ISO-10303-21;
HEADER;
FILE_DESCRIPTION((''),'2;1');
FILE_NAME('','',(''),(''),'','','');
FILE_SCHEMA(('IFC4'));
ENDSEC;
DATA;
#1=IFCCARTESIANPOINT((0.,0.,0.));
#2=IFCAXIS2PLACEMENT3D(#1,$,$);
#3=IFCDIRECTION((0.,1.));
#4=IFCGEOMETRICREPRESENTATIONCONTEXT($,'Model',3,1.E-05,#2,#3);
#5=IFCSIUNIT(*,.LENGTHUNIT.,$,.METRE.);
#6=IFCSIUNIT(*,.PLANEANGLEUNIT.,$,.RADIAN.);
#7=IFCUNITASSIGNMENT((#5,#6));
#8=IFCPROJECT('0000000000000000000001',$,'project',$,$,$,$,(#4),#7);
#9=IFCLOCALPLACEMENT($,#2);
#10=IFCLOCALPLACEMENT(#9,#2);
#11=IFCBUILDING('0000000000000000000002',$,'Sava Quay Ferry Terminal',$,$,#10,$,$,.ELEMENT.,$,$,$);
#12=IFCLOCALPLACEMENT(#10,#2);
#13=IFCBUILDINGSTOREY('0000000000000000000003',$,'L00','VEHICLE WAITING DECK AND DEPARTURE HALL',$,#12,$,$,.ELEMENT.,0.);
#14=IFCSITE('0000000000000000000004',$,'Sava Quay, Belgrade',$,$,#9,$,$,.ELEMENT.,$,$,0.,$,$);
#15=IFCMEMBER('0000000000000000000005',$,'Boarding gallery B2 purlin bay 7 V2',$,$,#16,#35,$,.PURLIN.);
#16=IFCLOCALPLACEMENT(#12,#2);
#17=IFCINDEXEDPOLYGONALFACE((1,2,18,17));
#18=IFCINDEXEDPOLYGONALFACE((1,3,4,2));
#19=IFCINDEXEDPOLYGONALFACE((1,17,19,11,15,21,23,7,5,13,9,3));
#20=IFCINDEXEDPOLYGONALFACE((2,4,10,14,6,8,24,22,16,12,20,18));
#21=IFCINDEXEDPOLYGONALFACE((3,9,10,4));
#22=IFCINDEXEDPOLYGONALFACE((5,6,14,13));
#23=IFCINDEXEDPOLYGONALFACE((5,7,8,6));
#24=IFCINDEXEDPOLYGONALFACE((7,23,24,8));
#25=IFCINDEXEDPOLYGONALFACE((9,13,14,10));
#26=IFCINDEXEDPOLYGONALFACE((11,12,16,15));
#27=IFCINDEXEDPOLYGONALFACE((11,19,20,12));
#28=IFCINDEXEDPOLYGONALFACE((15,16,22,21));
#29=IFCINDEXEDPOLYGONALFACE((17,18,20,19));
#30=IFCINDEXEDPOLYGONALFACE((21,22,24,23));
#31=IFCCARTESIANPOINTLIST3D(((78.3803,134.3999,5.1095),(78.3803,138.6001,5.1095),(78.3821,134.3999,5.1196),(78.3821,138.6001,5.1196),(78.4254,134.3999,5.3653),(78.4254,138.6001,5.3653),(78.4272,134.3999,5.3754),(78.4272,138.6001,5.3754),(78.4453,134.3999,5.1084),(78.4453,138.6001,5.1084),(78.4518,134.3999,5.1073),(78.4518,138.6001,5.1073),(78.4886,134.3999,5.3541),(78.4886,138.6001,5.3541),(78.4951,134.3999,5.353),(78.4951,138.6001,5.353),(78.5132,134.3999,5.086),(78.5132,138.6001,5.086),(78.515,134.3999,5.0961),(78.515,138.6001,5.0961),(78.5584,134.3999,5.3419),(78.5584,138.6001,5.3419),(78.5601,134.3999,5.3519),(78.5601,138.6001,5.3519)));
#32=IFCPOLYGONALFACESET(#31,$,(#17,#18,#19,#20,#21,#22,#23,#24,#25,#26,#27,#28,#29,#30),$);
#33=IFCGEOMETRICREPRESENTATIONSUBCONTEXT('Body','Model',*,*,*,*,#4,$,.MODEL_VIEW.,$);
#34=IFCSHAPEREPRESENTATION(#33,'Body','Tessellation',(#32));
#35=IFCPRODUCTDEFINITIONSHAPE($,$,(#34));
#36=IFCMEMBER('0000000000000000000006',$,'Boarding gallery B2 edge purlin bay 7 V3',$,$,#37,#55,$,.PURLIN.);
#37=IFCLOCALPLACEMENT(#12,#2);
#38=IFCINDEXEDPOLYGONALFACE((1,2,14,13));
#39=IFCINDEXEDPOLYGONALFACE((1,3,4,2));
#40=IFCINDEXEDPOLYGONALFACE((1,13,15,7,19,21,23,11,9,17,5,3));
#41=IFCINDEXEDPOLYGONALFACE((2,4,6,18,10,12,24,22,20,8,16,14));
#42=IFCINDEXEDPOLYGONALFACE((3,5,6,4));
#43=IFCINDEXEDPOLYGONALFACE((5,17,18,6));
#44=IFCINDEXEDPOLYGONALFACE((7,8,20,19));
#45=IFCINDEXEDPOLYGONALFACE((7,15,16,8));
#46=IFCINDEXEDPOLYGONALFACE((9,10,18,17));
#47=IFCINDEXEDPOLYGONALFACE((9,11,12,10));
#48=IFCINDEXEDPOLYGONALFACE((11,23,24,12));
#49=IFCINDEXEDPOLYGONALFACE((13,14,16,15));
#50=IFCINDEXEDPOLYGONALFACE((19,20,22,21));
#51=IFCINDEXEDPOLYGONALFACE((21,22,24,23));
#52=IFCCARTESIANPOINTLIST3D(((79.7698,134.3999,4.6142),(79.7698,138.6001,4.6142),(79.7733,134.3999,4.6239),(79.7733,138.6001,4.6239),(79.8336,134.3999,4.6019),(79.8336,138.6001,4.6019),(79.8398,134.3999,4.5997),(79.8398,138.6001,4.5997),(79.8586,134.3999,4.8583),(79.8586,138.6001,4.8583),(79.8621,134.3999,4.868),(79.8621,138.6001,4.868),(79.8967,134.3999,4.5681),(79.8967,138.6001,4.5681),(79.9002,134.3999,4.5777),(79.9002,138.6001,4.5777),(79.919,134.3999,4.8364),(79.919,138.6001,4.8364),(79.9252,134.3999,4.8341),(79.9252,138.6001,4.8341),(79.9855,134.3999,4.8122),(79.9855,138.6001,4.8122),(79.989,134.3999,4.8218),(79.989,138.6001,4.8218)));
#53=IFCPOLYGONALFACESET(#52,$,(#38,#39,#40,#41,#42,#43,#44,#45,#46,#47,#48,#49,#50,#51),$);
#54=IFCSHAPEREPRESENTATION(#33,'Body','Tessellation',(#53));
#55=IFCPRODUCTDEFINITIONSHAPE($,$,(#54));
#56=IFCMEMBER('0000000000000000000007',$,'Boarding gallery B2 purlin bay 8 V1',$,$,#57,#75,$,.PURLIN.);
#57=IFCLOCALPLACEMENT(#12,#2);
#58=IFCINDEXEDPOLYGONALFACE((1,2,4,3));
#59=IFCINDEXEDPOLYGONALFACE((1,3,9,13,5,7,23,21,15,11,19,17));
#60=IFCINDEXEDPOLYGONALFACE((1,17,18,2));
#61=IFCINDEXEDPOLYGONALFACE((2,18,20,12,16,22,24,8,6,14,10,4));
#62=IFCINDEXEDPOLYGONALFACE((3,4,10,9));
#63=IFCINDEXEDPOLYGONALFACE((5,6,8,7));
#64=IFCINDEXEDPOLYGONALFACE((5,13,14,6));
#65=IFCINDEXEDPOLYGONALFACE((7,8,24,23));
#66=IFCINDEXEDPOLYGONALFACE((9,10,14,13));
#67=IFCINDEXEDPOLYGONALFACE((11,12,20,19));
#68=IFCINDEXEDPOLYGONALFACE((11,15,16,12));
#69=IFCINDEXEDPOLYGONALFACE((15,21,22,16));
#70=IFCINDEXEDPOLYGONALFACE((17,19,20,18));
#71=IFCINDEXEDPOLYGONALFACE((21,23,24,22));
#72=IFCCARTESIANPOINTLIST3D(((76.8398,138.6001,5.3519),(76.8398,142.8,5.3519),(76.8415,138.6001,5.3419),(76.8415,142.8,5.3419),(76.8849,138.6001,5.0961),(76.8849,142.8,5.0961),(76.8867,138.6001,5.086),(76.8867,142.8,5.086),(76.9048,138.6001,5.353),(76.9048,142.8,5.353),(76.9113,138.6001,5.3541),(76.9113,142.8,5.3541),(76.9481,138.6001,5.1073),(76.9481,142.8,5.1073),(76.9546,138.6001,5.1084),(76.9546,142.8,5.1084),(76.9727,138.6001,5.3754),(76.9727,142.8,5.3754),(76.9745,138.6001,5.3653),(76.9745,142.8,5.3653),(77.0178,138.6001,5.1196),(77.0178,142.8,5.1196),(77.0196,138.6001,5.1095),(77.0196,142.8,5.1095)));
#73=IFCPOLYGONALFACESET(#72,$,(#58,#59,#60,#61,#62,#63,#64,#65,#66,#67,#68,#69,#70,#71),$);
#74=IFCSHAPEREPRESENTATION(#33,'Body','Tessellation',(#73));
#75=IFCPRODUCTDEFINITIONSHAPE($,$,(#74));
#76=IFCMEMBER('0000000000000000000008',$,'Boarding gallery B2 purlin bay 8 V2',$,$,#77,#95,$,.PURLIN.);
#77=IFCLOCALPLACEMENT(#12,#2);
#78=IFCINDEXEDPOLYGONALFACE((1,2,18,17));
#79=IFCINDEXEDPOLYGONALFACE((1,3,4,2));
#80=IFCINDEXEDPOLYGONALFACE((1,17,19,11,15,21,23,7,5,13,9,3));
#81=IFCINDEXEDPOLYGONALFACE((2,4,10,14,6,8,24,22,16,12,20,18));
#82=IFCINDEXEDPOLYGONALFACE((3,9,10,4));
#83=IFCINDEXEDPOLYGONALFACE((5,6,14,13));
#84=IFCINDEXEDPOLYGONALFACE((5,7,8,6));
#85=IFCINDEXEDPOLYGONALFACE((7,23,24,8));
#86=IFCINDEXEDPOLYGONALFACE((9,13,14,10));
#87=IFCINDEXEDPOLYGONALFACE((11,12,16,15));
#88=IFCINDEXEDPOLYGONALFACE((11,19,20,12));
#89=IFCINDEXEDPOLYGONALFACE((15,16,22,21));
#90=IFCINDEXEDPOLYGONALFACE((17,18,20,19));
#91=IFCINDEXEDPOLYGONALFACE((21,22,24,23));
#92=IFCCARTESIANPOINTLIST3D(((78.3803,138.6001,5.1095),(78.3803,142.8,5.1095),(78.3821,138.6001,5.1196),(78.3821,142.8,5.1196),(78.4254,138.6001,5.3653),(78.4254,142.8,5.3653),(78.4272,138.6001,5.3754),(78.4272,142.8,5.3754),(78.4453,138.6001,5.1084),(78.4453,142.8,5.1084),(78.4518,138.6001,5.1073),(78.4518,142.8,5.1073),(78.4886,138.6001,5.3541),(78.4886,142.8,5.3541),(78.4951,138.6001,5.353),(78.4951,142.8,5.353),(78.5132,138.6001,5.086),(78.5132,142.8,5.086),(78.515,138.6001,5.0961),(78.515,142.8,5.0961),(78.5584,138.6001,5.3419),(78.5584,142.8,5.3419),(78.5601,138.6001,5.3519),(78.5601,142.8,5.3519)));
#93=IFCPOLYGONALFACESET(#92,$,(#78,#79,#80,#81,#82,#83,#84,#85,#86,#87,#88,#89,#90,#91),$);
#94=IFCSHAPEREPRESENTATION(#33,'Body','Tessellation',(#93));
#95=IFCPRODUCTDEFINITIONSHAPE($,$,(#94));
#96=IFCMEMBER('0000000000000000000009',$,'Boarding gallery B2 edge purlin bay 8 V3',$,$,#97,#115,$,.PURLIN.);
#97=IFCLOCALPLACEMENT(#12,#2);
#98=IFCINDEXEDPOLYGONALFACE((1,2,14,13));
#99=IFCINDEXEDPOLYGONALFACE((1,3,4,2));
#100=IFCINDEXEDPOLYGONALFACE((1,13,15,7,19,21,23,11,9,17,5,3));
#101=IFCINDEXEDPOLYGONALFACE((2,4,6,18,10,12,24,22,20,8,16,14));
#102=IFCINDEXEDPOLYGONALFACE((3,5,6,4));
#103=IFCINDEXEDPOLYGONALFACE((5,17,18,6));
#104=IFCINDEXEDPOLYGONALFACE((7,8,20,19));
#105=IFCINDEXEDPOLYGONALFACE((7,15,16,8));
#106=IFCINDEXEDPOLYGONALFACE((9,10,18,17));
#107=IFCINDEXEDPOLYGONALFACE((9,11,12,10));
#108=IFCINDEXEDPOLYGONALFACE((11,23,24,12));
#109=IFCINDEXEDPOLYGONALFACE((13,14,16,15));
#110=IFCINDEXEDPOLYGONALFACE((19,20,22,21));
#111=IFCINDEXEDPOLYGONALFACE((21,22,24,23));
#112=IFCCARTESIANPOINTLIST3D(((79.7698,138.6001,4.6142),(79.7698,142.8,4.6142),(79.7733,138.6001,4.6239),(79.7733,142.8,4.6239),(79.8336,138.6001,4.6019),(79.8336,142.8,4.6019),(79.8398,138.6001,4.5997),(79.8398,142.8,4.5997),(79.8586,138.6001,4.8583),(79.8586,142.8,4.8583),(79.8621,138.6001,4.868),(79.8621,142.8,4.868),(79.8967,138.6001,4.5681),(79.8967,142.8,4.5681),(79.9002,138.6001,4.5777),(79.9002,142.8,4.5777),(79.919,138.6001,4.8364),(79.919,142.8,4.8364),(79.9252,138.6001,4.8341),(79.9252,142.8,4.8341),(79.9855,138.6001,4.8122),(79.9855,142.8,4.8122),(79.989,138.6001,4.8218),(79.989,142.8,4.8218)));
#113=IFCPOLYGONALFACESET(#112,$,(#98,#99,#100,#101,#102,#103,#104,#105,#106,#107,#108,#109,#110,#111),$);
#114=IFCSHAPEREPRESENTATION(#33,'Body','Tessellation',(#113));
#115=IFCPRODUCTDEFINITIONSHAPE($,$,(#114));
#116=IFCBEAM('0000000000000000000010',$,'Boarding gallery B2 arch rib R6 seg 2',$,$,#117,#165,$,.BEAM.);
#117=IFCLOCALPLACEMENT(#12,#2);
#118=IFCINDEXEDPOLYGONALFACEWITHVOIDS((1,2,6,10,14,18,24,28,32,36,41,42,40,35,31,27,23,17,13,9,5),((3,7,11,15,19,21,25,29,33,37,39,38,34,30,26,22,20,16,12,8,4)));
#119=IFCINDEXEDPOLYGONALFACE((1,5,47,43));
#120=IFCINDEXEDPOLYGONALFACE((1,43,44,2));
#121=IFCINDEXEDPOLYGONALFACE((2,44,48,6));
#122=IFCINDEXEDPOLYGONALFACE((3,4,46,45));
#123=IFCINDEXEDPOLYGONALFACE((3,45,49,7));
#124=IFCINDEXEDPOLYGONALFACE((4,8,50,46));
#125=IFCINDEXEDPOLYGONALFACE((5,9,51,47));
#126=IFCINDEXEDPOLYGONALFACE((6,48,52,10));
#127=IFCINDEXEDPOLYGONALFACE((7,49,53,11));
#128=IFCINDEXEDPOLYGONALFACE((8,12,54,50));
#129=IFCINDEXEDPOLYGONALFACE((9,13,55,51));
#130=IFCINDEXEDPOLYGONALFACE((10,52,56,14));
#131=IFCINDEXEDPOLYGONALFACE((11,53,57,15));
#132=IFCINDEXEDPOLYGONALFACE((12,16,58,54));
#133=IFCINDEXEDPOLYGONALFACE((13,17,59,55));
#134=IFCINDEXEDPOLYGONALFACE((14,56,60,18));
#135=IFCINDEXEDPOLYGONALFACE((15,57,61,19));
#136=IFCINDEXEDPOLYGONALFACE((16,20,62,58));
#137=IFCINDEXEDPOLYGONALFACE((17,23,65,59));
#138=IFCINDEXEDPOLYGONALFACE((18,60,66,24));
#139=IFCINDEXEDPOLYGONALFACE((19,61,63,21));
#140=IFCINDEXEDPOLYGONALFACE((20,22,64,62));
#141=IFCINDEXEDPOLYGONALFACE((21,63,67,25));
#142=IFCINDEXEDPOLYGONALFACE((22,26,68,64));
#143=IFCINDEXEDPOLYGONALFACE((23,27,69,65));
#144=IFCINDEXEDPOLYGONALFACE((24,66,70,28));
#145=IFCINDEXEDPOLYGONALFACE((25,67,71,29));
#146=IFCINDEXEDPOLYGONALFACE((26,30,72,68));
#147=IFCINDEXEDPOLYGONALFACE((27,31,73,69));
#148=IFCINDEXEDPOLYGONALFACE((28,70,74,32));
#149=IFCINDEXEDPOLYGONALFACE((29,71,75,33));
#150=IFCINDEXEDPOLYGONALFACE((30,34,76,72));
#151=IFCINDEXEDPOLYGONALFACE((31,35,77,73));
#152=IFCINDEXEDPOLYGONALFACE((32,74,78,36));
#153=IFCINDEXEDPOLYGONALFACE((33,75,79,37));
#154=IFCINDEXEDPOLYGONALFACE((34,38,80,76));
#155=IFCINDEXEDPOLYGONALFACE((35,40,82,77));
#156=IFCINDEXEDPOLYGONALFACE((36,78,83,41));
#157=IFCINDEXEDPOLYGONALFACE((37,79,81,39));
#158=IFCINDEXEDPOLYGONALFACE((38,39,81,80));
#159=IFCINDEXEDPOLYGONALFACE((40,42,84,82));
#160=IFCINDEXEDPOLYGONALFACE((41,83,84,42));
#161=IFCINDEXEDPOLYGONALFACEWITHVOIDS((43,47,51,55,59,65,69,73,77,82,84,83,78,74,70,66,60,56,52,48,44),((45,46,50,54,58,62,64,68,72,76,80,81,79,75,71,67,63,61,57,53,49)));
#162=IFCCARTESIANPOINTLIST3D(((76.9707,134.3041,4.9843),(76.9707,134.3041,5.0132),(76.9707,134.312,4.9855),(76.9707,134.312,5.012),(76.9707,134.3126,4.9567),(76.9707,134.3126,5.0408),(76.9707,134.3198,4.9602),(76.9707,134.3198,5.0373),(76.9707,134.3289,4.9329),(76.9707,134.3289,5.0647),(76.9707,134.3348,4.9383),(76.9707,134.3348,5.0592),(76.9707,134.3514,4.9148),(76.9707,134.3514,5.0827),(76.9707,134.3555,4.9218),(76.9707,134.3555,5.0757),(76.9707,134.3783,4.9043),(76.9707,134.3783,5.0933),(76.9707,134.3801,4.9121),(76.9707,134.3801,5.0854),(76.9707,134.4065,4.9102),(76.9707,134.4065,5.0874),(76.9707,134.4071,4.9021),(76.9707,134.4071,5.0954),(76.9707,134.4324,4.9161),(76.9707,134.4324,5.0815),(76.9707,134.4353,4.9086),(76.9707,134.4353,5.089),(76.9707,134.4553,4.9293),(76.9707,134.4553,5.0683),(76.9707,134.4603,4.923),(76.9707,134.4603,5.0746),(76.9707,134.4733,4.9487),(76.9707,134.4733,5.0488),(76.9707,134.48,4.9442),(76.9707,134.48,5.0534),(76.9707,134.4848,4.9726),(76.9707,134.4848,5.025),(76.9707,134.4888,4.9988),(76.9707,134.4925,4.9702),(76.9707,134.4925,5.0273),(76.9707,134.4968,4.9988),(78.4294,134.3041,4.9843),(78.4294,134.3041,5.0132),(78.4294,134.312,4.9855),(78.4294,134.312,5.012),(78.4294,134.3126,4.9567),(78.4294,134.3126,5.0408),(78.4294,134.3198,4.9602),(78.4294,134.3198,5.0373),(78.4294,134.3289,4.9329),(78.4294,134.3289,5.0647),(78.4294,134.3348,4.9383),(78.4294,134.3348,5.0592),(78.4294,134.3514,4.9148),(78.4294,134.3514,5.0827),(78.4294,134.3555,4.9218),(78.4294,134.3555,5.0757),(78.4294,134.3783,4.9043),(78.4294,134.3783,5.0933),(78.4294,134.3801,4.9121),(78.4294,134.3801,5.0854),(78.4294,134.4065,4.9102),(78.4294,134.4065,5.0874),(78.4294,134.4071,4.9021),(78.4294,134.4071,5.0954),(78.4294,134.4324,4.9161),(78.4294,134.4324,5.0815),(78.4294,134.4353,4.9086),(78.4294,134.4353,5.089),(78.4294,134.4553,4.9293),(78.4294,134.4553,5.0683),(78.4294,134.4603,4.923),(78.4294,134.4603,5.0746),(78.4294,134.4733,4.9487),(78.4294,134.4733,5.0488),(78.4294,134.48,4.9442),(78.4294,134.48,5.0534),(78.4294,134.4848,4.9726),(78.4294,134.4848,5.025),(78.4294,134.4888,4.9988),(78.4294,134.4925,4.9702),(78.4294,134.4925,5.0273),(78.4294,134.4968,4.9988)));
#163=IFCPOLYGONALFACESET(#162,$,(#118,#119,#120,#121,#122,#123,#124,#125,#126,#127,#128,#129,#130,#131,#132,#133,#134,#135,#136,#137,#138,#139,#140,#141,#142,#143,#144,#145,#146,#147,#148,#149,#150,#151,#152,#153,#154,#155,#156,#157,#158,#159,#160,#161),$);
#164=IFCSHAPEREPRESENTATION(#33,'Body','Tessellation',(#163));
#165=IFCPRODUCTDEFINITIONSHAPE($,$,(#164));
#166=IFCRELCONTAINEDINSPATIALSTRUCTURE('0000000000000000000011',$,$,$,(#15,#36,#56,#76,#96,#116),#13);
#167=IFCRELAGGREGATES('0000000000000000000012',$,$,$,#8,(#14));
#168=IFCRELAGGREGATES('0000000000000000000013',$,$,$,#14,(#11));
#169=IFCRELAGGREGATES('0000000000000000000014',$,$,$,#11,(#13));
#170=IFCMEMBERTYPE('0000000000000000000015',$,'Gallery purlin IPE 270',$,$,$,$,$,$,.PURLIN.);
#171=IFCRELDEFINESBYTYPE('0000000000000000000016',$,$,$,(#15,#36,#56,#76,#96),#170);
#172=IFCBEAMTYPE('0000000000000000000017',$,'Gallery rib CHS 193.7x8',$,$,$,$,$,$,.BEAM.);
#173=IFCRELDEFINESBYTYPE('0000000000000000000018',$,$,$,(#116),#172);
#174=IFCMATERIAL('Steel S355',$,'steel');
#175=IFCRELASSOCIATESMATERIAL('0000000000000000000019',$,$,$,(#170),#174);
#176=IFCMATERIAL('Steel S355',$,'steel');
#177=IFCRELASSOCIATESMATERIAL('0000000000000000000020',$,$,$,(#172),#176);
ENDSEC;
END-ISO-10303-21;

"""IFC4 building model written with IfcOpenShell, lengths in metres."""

from ifc_helpers import new_model, si_unit, direction, frame, origin, origin_2d, place, context, subcontext, project, spatial, hollow_circle, i_section, extrude, material, material_profile, profile_set, type_object, element, save


model = new_model("IFC4")

# Units and contexts
model_context = context("Model", 3, precision=1e-05, world=origin(), true_north=direction((0.0, 1.0)))
body_context = subcontext(model_context, "Body", "Model", "MODEL_VIEW")
ifc_project = project(units=[si_unit("LENGTHUNIT", "METRE"), si_unit("PLANEANGLEUNIT", "RADIAN")], contexts=[model_context])

# Site, building, storey
site_placement = place(None, origin())
site = spatial("IfcSite", under=ifc_project, at=site_placement, Name="Sava Quay, Belgrade", CompositionType="ELEMENT", RefElevation=0.0)
building_placement = place(site_placement, origin())
building = spatial("IfcBuilding", under=site, at=building_placement, Name="Sava Quay Ferry Terminal", CompositionType="ELEMENT")
storey_placement = place(building_placement, origin())
storey = spatial("IfcBuildingStorey", under=building, at=storey_placement, Name="L00", Description="VEHICLE WAITING DECK AND DEPARTURE HALL", CompositionType="ELEMENT", Elevation=0.0)

# Members
ifc_material_1 = material(Name="Steel S355", Category="steel")
ifc_material_profile_1 = material_profile(ifc_material_1, i_section(OverallWidth=0.135, OverallDepth=0.27, WebThickness=0.0066, FlangeThickness=0.0103, at=origin_2d()), Name="IPE 270")
ifc_profile_set_1 = profile_set([ifc_material_profile_1], Name="Steel S355")
member_type_1 = type_object("IfcMemberType", Name="Gallery purlin IPE 270", PredefinedType="PURLIN", material=ifc_profile_set_1)
for number, where, z_axis, x_axis, name in (
    (1, (78.4702, 134.3999, 5.2307), (0.0, 1.0, 0.0), (-0.984808, 0.0, 0.173648), "Boarding gallery B2 purlin bay 7 V2"),
    (2, (79.8794, 134.3999, 4.718), (0.0, 1.0, 0.0), (-0.939693, 0.0, 0.34202), "Boarding gallery B2 edge purlin bay 7 V3"),
):
    element("IfcMember", number, at=place(storey_placement, frame(where, z_axis=z_axis, x_axis=x_axis)), inside=storey, type_object=member_type_1, Name=name, PredefinedType="PURLIN", context=body_context, shape_type="SweptSolid", body=[
        extrude(i_section(OverallWidth=0.135, OverallDepth=0.27, WebThickness=0.0066, FlangeThickness=0.0103, at=origin_2d()), origin(), (0.0, 0.0, 1.0), 4.2002),
    ])
for number, where, z_axis, x_axis, name in (
    (3, (76.9297, 138.6001, 5.2307), (0.0, 1.0, 0.0), (-0.984808, 0.0, -0.173648), "Boarding gallery B2 purlin bay 8 V1"),
    (4, (78.4702, 138.6001, 5.2307), (0.0, 1.0, 0.0), (-0.984808, 0.0, 0.173648), "Boarding gallery B2 purlin bay 8 V2"),
    (5, (79.8794, 138.6001, 4.718), (0.0, 1.0, 0.0), (-0.939693, 0.0, 0.34202), "Boarding gallery B2 edge purlin bay 8 V3"),
):
    element("IfcMember", number, at=place(storey_placement, frame(where, z_axis=z_axis, x_axis=x_axis)), inside=storey, type_object=member_type_1, Name=name, PredefinedType="PURLIN", context=body_context, shape_type="SweptSolid", body=[
        extrude(i_section(OverallWidth=0.135, OverallDepth=0.27, WebThickness=0.0066, FlangeThickness=0.0103, at=origin_2d()), origin(), (0.0, 0.0, 1.0), 4.2),
    ])

# Beam
ifc_material_2 = material(Name="Steel S355", Category="steel")
ifc_material_profile_2 = material_profile(ifc_material_2, hollow_circle(Radius=0.0969, WallThickness=0.0081, at=origin_2d()), Name="CHS 193.7 x 8.0")
ifc_profile_set_2 = profile_set([ifc_material_profile_2], Name="Steel S355")
beam_type_1 = type_object("IfcBeamType", Name="Gallery rib CHS 193.7x8", PredefinedType="BEAM", material=ifc_profile_set_2)
beam_1_placement = place(storey_placement, frame((76.9707, 134.3999, 4.9988), z_axis=(1.0, 0.0, 0.0), x_axis=(0.0, 1.0, 0.0)))
element("IfcBeam", 6, at=beam_1_placement, inside=storey, type_object=beam_type_1, Name="Boarding gallery B2 arch rib R6 seg 2", PredefinedType="BEAM", context=body_context, shape_type="SweptSolid", body=[
    extrude(hollow_circle(Radius=0.0969, WallThickness=0.0081, at=origin_2d()), origin(), (0.0, 0.0, 1.0), 1.4587),
])

save(model, "model.ifc")
